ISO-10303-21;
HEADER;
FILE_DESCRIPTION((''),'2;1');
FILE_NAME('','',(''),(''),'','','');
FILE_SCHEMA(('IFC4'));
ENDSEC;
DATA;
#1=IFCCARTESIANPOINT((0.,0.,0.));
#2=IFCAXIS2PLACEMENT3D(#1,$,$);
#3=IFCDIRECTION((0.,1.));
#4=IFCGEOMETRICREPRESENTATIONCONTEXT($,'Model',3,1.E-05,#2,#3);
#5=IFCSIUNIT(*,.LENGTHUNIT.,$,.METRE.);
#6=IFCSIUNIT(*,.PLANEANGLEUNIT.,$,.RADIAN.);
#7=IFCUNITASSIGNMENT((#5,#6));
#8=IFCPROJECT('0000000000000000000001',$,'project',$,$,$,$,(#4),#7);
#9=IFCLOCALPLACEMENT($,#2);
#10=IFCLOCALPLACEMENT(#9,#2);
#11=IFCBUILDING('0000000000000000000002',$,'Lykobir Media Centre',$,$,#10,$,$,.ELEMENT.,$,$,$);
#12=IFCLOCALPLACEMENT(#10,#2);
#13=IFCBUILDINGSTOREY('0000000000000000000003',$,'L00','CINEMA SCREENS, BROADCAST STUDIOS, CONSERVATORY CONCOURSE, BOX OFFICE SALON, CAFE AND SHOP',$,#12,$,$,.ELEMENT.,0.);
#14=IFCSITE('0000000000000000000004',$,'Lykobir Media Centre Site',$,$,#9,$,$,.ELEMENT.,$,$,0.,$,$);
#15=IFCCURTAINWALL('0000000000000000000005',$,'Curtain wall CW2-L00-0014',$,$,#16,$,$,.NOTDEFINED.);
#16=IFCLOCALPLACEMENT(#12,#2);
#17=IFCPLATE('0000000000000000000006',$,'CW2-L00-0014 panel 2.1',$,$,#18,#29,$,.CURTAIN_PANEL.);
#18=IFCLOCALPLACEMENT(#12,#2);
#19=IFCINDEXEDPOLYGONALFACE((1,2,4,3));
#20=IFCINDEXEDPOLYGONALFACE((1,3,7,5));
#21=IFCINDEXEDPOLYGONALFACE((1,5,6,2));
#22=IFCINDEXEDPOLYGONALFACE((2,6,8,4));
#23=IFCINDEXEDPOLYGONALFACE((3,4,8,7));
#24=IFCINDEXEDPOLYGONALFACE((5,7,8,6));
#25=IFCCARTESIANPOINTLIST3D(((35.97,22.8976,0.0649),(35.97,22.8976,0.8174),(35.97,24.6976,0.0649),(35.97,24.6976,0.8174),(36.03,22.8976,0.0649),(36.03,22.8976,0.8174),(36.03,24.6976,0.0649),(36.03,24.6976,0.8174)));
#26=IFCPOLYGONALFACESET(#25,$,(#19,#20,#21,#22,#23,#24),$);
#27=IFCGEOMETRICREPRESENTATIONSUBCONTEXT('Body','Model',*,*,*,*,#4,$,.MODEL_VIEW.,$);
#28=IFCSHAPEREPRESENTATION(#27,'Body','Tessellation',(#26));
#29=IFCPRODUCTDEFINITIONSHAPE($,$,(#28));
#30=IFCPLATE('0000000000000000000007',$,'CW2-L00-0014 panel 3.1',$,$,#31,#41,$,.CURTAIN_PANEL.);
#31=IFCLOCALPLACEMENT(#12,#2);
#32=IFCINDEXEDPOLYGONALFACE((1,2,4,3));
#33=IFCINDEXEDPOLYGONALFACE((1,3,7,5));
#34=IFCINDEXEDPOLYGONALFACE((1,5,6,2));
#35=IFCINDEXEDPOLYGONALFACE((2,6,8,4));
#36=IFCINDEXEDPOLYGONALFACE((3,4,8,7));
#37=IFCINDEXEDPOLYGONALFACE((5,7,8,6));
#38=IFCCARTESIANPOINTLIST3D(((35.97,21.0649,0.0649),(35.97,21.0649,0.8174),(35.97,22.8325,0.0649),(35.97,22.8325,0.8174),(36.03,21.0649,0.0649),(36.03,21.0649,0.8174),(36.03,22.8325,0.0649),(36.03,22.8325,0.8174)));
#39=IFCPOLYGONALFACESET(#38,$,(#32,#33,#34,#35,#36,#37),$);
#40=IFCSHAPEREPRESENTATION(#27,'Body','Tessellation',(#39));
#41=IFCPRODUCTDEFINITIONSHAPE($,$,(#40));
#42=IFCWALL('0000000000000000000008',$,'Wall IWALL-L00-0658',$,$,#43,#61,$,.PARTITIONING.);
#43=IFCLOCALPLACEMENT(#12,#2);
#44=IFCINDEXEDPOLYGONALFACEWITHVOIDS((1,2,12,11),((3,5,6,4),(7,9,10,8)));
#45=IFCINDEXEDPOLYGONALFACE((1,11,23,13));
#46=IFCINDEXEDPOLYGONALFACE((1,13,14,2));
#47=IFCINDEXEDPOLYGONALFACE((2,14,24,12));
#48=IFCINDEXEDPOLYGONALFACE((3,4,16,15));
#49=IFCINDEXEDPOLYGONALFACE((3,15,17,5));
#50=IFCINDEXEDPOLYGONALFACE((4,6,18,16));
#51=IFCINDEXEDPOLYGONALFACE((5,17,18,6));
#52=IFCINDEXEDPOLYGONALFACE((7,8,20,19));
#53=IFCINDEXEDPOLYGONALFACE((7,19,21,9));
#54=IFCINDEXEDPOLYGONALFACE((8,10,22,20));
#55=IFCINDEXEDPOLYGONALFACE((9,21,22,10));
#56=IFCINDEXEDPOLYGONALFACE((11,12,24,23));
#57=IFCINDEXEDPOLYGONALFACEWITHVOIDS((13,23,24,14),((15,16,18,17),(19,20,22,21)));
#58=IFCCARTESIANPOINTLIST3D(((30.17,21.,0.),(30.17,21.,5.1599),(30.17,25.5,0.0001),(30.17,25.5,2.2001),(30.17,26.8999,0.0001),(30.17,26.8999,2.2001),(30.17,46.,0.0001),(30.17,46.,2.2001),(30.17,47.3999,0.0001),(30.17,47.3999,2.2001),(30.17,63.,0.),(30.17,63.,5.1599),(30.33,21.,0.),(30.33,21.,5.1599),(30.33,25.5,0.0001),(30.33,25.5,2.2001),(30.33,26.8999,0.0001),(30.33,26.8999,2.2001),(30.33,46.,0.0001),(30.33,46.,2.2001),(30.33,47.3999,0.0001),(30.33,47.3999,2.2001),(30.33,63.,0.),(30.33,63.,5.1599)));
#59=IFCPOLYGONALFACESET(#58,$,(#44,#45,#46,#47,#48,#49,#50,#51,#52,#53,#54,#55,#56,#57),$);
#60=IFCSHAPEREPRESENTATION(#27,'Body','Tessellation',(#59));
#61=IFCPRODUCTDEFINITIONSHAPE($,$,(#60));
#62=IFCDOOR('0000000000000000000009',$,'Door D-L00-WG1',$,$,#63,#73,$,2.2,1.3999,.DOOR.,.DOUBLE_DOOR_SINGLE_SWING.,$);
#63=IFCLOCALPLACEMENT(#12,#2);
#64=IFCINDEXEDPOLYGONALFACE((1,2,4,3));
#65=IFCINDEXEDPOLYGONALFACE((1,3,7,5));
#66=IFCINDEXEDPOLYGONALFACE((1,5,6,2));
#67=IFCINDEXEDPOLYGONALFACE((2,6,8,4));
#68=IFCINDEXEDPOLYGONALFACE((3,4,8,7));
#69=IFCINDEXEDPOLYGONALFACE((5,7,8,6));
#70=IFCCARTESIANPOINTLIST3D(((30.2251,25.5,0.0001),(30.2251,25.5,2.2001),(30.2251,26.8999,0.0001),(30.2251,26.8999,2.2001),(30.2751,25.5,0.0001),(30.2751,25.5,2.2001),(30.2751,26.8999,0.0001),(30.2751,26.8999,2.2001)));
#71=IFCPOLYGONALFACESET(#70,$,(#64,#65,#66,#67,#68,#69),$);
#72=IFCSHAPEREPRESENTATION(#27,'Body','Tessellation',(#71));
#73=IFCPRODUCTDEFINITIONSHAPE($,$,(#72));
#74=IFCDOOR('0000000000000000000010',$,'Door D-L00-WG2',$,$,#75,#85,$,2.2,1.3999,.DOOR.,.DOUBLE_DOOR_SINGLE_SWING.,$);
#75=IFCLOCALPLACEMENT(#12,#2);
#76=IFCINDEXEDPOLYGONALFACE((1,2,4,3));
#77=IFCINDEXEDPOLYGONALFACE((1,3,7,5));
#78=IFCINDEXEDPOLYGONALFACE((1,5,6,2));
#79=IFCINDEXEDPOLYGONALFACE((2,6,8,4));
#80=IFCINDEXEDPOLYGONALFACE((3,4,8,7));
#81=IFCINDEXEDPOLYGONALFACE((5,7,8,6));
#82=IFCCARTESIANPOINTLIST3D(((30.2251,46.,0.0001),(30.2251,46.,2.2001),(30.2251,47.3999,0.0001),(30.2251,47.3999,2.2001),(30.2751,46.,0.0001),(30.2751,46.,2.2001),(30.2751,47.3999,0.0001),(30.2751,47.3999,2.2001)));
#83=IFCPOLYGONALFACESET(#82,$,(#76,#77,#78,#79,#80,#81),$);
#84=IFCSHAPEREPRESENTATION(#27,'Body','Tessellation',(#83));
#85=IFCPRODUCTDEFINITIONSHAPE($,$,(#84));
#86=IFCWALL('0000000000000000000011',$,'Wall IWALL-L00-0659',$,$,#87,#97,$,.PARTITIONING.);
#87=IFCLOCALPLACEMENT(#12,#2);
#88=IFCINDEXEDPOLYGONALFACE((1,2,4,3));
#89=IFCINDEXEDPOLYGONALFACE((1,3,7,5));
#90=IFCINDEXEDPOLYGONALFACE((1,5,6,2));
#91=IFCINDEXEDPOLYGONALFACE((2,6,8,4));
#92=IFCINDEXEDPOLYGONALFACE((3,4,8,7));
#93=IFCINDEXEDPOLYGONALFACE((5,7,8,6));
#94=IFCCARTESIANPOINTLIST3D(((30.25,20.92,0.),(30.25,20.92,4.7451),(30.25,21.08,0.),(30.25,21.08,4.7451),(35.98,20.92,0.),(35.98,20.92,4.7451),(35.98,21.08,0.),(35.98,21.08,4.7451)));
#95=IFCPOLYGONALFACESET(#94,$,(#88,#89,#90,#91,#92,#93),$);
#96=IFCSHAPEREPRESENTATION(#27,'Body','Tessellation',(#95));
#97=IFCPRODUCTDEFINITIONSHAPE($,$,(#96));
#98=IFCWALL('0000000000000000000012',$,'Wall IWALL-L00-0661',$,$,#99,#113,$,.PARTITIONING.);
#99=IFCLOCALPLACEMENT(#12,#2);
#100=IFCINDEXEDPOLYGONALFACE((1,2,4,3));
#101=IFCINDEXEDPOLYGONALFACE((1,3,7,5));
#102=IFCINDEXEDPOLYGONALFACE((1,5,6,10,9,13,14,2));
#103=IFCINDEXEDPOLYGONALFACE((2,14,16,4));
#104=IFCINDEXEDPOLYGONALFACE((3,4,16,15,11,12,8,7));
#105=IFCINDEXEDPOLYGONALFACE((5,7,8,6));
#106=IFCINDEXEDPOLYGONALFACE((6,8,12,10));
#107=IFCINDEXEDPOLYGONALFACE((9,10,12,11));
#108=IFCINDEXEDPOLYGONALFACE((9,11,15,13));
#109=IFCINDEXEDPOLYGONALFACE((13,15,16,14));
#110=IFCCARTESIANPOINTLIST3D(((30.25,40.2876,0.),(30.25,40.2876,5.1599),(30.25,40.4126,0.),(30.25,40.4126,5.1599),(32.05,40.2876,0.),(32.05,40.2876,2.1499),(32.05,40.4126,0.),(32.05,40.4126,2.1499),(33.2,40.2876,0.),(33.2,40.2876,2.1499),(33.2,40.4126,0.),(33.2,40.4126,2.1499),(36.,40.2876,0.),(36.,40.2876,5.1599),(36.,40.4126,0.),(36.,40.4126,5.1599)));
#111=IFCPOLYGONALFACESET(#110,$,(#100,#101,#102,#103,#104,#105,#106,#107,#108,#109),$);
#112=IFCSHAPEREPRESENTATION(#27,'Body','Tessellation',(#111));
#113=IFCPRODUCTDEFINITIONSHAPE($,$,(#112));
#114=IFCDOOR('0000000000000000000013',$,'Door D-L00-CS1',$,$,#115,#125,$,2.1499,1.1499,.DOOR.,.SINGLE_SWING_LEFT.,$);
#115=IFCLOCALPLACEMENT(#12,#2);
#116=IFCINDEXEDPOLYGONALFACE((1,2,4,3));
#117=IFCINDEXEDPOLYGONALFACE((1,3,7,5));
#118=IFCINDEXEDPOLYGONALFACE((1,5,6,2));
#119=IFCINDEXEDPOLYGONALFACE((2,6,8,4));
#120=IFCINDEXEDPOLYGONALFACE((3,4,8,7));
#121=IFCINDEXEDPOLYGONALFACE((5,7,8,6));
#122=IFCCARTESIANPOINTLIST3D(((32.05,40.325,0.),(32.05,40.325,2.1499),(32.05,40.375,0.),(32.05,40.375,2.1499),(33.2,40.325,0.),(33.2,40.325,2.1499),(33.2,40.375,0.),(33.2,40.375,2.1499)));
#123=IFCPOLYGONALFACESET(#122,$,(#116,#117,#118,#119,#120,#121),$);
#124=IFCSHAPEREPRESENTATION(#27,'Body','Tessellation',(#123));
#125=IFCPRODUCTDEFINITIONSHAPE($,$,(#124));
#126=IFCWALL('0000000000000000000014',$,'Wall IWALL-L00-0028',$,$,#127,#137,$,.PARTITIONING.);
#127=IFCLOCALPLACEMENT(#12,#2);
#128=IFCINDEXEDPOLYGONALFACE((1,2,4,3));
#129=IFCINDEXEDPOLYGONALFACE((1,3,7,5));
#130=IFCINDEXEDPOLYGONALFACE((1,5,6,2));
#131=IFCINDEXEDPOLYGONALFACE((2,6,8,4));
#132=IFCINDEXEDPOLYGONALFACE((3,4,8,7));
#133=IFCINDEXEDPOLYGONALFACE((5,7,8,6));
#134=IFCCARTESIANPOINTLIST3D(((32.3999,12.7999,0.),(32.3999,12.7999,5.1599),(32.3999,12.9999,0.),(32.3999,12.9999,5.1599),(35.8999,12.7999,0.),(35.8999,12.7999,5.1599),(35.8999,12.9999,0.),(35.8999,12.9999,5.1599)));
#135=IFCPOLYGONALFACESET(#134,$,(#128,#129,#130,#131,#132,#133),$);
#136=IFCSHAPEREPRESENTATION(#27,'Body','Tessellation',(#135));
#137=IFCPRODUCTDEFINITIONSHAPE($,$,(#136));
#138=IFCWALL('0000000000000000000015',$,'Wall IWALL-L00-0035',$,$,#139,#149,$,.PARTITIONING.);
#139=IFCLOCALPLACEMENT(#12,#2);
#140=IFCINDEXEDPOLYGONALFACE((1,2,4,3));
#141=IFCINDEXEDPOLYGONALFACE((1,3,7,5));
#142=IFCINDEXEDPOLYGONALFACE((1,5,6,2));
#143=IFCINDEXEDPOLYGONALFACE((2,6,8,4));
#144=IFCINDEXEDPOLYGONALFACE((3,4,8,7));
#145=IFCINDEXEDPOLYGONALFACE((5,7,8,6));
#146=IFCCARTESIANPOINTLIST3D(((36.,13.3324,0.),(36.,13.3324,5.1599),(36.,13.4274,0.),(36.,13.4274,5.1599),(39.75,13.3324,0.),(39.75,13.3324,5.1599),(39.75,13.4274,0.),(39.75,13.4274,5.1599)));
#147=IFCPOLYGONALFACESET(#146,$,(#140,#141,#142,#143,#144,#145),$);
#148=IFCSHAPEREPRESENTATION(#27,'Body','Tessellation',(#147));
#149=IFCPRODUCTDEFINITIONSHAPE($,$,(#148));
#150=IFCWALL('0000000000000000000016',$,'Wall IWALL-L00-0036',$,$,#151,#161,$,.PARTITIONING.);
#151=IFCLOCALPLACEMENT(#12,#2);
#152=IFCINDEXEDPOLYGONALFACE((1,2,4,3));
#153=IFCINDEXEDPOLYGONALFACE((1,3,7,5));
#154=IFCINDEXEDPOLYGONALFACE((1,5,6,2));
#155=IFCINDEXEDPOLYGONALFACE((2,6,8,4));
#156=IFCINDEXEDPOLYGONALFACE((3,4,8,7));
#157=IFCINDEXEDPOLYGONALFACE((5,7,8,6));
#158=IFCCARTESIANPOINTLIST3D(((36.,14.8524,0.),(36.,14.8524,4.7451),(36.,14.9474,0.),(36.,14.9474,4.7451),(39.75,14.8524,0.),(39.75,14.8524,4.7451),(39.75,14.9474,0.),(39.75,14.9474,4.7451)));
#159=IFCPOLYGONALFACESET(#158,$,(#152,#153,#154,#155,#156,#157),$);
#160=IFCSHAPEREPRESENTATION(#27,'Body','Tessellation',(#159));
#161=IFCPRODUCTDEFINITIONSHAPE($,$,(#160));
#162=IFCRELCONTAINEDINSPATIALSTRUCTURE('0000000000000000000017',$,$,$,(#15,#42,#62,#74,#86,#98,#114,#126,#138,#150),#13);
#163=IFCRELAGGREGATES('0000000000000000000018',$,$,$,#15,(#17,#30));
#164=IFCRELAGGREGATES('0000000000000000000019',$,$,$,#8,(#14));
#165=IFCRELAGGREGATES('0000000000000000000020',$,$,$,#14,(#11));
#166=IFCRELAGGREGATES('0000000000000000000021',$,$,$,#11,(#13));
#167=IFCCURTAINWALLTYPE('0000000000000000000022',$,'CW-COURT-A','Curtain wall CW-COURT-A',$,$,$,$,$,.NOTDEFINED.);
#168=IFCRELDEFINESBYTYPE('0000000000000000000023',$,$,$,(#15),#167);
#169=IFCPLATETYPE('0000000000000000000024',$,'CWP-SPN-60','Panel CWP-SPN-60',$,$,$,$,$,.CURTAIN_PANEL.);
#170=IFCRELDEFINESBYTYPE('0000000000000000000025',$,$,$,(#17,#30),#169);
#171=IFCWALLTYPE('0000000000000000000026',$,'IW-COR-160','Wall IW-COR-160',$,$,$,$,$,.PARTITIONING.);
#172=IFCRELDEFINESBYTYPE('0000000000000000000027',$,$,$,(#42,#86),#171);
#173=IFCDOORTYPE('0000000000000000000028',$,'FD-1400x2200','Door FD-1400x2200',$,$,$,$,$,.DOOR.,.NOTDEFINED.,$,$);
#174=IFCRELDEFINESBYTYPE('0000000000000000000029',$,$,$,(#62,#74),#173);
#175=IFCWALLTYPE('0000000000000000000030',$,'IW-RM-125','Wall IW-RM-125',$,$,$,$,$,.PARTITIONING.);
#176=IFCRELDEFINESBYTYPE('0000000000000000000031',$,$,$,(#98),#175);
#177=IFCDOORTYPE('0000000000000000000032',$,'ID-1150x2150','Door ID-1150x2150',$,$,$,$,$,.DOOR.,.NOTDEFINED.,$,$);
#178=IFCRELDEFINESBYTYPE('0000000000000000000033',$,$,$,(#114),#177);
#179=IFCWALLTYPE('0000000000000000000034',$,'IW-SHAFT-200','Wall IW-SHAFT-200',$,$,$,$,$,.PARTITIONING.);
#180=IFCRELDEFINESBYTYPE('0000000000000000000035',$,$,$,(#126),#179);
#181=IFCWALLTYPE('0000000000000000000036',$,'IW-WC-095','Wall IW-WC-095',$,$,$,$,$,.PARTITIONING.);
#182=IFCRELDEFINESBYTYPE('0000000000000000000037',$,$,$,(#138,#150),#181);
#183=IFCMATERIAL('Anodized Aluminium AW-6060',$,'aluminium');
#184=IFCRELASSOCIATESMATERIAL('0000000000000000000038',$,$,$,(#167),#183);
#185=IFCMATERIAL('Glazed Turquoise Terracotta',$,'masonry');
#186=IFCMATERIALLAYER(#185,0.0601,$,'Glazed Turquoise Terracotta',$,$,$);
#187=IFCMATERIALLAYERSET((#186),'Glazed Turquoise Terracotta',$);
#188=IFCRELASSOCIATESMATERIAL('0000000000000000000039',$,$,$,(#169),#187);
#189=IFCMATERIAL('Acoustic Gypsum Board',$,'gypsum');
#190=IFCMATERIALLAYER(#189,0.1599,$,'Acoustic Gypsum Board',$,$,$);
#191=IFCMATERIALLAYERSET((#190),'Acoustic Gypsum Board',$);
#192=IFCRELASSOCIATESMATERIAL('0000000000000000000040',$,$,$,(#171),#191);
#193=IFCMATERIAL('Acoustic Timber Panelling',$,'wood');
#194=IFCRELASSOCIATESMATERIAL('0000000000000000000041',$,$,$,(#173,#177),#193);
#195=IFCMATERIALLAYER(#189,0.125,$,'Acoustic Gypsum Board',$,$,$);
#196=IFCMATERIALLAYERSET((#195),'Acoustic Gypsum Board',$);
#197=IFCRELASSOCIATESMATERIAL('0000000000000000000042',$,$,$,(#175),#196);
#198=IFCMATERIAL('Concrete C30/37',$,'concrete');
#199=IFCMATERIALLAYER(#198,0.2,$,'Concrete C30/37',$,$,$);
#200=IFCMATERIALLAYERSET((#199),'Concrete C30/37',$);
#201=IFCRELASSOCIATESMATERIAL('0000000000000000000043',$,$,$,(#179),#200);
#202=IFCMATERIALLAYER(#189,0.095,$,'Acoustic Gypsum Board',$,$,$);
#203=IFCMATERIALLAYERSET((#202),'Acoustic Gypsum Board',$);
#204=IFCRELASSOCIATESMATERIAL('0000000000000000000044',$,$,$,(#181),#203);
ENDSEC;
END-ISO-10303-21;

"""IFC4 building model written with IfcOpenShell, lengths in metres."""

from ifc_helpers import new_model, si_unit, direction, frame, frame_2d, origin, origin_2d, place, context, subcontext, project, spatial, rectangle, extrude, material, layer, layer_set, type_object, element, fill, aggregate, save


model = new_model("IFC4")

# Units and contexts
model_context = context("Model", 3, precision=1e-05, world=origin(), true_north=direction((0.0, 1.0)))
body_context = subcontext(model_context, "Body", "Model", "MODEL_VIEW")
ifc_project = project(units=[si_unit("LENGTHUNIT", "METRE"), si_unit("PLANEANGLEUNIT", "RADIAN")], contexts=[model_context])

# Site, building, storey
site_placement = place(None, origin())
site = spatial("IfcSite", under=ifc_project, at=site_placement, Name="Lykobir Media Centre Site", CompositionType="ELEMENT", RefElevation=0.0)
building_placement = place(site_placement, origin())
building = spatial("IfcBuilding", under=site, at=building_placement, Name="Lykobir Media Centre", CompositionType="ELEMENT")
storey_placement = place(building_placement, origin())
storey = spatial("IfcBuildingStorey", under=building, at=storey_placement, Name="L00", Description="CINEMA SCREENS, BROADCAST STUDIOS, CONSERVATORY CONCOURSE, BOX OFFICE SALON, CAFE AND SHOP", CompositionType="ELEMENT", Elevation=0.0)

# Curtain wall
ifc_material_1 = material(Name="Anodized Aluminium AW-6060", Category="aluminium")
curtain_wall_type = type_object("IfcCurtainWallType", Name="CW-COURT-A", Description="Curtain wall CW-COURT-A", PredefinedType="NOTDEFINED", material=ifc_material_1)
curtain_wall_placement = place(storey_placement, origin())
curtain_wall = element("IfcCurtainWall", 1, at=curtain_wall_placement, inside=storey, type_object=curtain_wall_type, Name="Curtain wall CW2-L00-0014", PredefinedType="NOTDEFINED")

# Plates
ifc_material_2 = material(Name="Glazed Turquoise Terracotta", Category="masonry")
ifc_layer_1 = layer(ifc_material_2, 0.0601, Name="Glazed Turquoise Terracotta")
ifc_layer_set_1 = layer_set([ifc_layer_1], Name="Glazed Turquoise Terracotta")
plate_type_1 = type_object("IfcPlateType", Name="CWP-SPN-60", Description="Panel CWP-SPN-60", PredefinedType="CURTAIN_PANEL", material=ifc_layer_set_1)
plate_1_placement = place(storey_placement, frame((36.0, 23.7976, 0.0649), z_axis=(0.0, 0.0, 1.0), x_axis=(0.0, -1.0, 0.0)))
plate_1 = element("IfcPlate", 2, at=plate_1_placement, type_object=plate_type_1, Name="CW2-L00-0014 panel 2.1", PredefinedType="CURTAIN_PANEL", context=body_context, shape_type="SweptSolid", body=[
    extrude(rectangle(XDim=1.8, YDim=0.0601, at=origin_2d()), origin(), (0.0, 0.0, 1.0), 0.7524),
])
plate_2_placement = place(storey_placement, frame((36.0, 21.9487, 0.0649), z_axis=(0.0, 0.0, 1.0), x_axis=(0.0, -1.0, 0.0)))
plate_2 = element("IfcPlate", 3, at=plate_2_placement, type_object=plate_type_1, Name="CW2-L00-0014 panel 3.1", PredefinedType="CURTAIN_PANEL", context=body_context, shape_type="SweptSolid", body=[
    extrude(rectangle(XDim=1.7676, YDim=0.0601, at=origin_2d()), origin(), (0.0, 0.0, 1.0), 0.7524),
])
aggregate(curtain_wall, [plate_1, plate_2])

# Wall, openings, doors
ifc_material_3 = material(Name="Acoustic Gypsum Board", Category="gypsum")
ifc_layer_2 = layer(ifc_material_3, 0.1599, Name="Acoustic Gypsum Board")
ifc_layer_set_2 = layer_set([ifc_layer_2], Name="Acoustic Gypsum Board")
wall_type_1 = type_object("IfcWallType", Name="IW-COR-160", Description="Wall IW-COR-160", PredefinedType="PARTITIONING", material=ifc_layer_set_2)
wall_1_placement = place(storey_placement, frame((30.25, 21.0, 0.0), z_axis=(0.0, 0.0, 1.0), x_axis=(0.0, 1.0, 0.0)))
wall_1 = element("IfcWall", 4, at=wall_1_placement, inside=storey, type_object=wall_type_1, Name="Wall IWALL-L00-0658", PredefinedType="PARTITIONING", context=body_context, shape_type="SweptSolid", body=[
    extrude(rectangle(XDim=42.0, YDim=0.1599, at=frame_2d((21.0, 0.0))), origin(), (0.0, 0.0, 1.0), 5.1599),
])
opening_1_placement = place(wall_1_placement, frame((4.5, 0.0, 0.0)))
opening_1 = element("IfcOpeningElement", 5, at=opening_1_placement, cuts=wall_1, PredefinedType="OPENING", context=body_context, shape_type="SweptSolid", body=[
    extrude(rectangle(XDim=1.3999, YDim=2.2, at=frame_2d((0.7, 1.1001))), frame((0.0, 0.0898, 0.0), z_axis=(0.0, -1.0, 0.0), x_axis=(1.0, 0.0, 0.0)), (0.0, 0.0, 1.0), 0.1799),
])
opening_2_placement = place(wall_1_placement, frame((25.0, 0.0, 0.0)))
opening_2 = element("IfcOpeningElement", 6, at=opening_2_placement, cuts=wall_1, PredefinedType="OPENING", context=body_context, shape_type="SweptSolid", body=[
    extrude(rectangle(XDim=1.3999, YDim=2.2, at=frame_2d((0.7, 1.1001))), frame((0.0, 0.0898, 0.0), z_axis=(0.0, -1.0, 0.0), x_axis=(1.0, 0.0, 0.0)), (0.0, 0.0, 1.0), 0.1799),
])
ifc_material_4 = material(Name="Acoustic Timber Panelling", Category="wood")
door_type_1 = type_object("IfcDoorType", Name="FD-1400x2200", Description="Door FD-1400x2200", OperationType="NOTDEFINED", PredefinedType="DOOR", material=ifc_material_4)
door_1_placement = place(opening_1_placement, origin())
door_1 = element("IfcDoor", 7, at=door_1_placement, inside=storey, type_object=door_type_1, Name="Door D-L00-WG1", OperationType="DOUBLE_DOOR_SINGLE_SWING", OverallHeight=2.2, OverallWidth=1.3999, PredefinedType="DOOR", context=body_context, shape_type="SweptSolid", body=[
    extrude(rectangle(XDim=1.3999, YDim=2.2, at=frame_2d((0.7, 1.1001))), frame((0.0, 0.0249, 0.0), z_axis=(0.0, -1.0, 0.0), x_axis=(1.0, 0.0, 0.0)), (0.0, 0.0, 1.0), 0.05),
])
fill(opening_1, door_1)
door_2_placement = place(opening_2_placement, origin())
door_2 = element("IfcDoor", 8, at=door_2_placement, inside=storey, type_object=door_type_1, Name="Door D-L00-WG2", OperationType="DOUBLE_DOOR_SINGLE_SWING", OverallHeight=2.2, OverallWidth=1.3999, PredefinedType="DOOR", context=body_context, shape_type="SweptSolid", body=[
    extrude(rectangle(XDim=1.3999, YDim=2.2, at=frame_2d((0.7, 1.1001))), frame((0.0, 0.0249, 0.0), z_axis=(0.0, -1.0, 0.0), x_axis=(1.0, 0.0, 0.0)), (0.0, 0.0, 1.0), 0.05),
])
fill(opening_2, door_2)

# Wall
wall_2_placement = place(storey_placement, frame((30.25, 21.0, 0.0), z_axis=(0.0, 0.0, 1.0), x_axis=(1.0, 0.0, 0.0)))
element("IfcWall", 9, at=wall_2_placement, inside=storey, type_object=wall_type_1, Name="Wall IWALL-L00-0659", PredefinedType="PARTITIONING", context=body_context, shape_type="SweptSolid", body=[
    extrude(rectangle(XDim=5.73, YDim=0.1599, at=frame_2d((2.865, 0.0))), origin(), (0.0, 0.0, 1.0), 4.7451),
])

# Wall, opening, door
ifc_layer_3 = layer(ifc_material_3, 0.125, Name="Acoustic Gypsum Board")
ifc_layer_set_3 = layer_set([ifc_layer_3], Name="Acoustic Gypsum Board")
wall_type_2 = type_object("IfcWallType", Name="IW-RM-125", Description="Wall IW-RM-125", PredefinedType="PARTITIONING", material=ifc_layer_set_3)
wall_3_placement = place(storey_placement, frame((30.25, 40.3501, 0.0), z_axis=(0.0, 0.0, 1.0), x_axis=(1.0, 0.0, 0.0)))
wall_3 = element("IfcWall", 10, at=wall_3_placement, inside=storey, type_object=wall_type_2, Name="Wall IWALL-L00-0661", PredefinedType="PARTITIONING", context=body_context, shape_type="SweptSolid", body=[
    extrude(rectangle(XDim=5.75, YDim=0.125, at=frame_2d((2.875, 0.0))), origin(), (0.0, 0.0, 1.0), 5.1599),
])
opening_3_placement = place(wall_3_placement, frame((1.8, 0.0, 0.0)))
opening_3 = element("IfcOpeningElement", 11, at=opening_3_placement, cuts=wall_3, PredefinedType="OPENING", context=body_context, shape_type="SweptSolid", body=[
    extrude(rectangle(XDim=1.1499, YDim=2.1499, at=frame_2d((0.575, 1.075))), frame((0.0, 0.0725, 0.0), z_axis=(0.0, -1.0, 0.0), x_axis=(1.0, 0.0, 0.0)), (0.0, 0.0, 1.0), 0.145),
])
door_type_2 = type_object("IfcDoorType", Name="ID-1150x2150", Description="Door ID-1150x2150", OperationType="NOTDEFINED", PredefinedType="DOOR", material=ifc_material_4)
door_3_placement = place(opening_3_placement, origin())
door_3 = element("IfcDoor", 12, at=door_3_placement, inside=storey, type_object=door_type_2, Name="Door D-L00-CS1", OperationType="SINGLE_SWING_LEFT", OverallHeight=2.1499, OverallWidth=1.1499, PredefinedType="DOOR", context=body_context, shape_type="SweptSolid", body=[
    extrude(rectangle(XDim=1.1499, YDim=2.1499, at=frame_2d((0.575, 1.075))), frame((0.0, 0.0249, 0.0), z_axis=(0.0, -1.0, 0.0), x_axis=(1.0, 0.0, 0.0)), (0.0, 0.0, 1.0), 0.05),
])
fill(opening_3, door_3)

# Walls
ifc_material_5 = material(Name="Concrete C30/37", Category="concrete")
ifc_layer_4 = layer(ifc_material_5, 0.2, Name="Concrete C30/37")
ifc_layer_set_4 = layer_set([ifc_layer_4], Name="Concrete C30/37")
wall_type_3 = type_object("IfcWallType", Name="IW-SHAFT-200", Description="Wall IW-SHAFT-200", PredefinedType="PARTITIONING", material=ifc_layer_set_4)
wall_4_placement = place(storey_placement, frame((32.3999, 12.8999, 0.0), z_axis=(0.0, 0.0, 1.0), x_axis=(1.0, 0.0, 0.0)))
element("IfcWall", 13, at=wall_4_placement, inside=storey, type_object=wall_type_3, Name="Wall IWALL-L00-0028", PredefinedType="PARTITIONING", context=body_context, shape_type="SweptSolid", body=[
    extrude(rectangle(XDim=3.5, YDim=0.2, at=frame_2d((1.75, 0.0))), origin(), (0.0, 0.0, 1.0), 5.1599),
])
ifc_layer_5 = layer(ifc_material_3, 0.095, Name="Acoustic Gypsum Board")
ifc_layer_set_5 = layer_set([ifc_layer_5], Name="Acoustic Gypsum Board")
wall_type_4 = type_object("IfcWallType", Name="IW-WC-095", Description="Wall IW-WC-095", PredefinedType="PARTITIONING", material=ifc_layer_set_5)
wall_5_placement = place(storey_placement, frame((36.0, 13.3799, 0.0), z_axis=(0.0, 0.0, 1.0), x_axis=(1.0, 0.0, 0.0)))
element("IfcWall", 14, at=wall_5_placement, inside=storey, type_object=wall_type_4, Name="Wall IWALL-L00-0035", PredefinedType="PARTITIONING", context=body_context, shape_type="SweptSolid", body=[
    extrude(rectangle(XDim=3.75, YDim=0.095, at=frame_2d((1.875, 0.0))), origin(), (0.0, 0.0, 1.0), 5.1599),
])
wall_6_placement = place(storey_placement, frame((36.0, 14.8999, 0.0), z_axis=(0.0, 0.0, 1.0), x_axis=(1.0, 0.0, 0.0)))
element("IfcWall", 15, at=wall_6_placement, inside=storey, type_object=wall_type_4, Name="Wall IWALL-L00-0036", PredefinedType="PARTITIONING", context=body_context, shape_type="SweptSolid", body=[
    extrude(rectangle(XDim=3.75, YDim=0.095, at=frame_2d((1.875, 0.0))), origin(), (0.0, 0.0, 1.0), 4.7451),
])

save(model, "model.ifc")
